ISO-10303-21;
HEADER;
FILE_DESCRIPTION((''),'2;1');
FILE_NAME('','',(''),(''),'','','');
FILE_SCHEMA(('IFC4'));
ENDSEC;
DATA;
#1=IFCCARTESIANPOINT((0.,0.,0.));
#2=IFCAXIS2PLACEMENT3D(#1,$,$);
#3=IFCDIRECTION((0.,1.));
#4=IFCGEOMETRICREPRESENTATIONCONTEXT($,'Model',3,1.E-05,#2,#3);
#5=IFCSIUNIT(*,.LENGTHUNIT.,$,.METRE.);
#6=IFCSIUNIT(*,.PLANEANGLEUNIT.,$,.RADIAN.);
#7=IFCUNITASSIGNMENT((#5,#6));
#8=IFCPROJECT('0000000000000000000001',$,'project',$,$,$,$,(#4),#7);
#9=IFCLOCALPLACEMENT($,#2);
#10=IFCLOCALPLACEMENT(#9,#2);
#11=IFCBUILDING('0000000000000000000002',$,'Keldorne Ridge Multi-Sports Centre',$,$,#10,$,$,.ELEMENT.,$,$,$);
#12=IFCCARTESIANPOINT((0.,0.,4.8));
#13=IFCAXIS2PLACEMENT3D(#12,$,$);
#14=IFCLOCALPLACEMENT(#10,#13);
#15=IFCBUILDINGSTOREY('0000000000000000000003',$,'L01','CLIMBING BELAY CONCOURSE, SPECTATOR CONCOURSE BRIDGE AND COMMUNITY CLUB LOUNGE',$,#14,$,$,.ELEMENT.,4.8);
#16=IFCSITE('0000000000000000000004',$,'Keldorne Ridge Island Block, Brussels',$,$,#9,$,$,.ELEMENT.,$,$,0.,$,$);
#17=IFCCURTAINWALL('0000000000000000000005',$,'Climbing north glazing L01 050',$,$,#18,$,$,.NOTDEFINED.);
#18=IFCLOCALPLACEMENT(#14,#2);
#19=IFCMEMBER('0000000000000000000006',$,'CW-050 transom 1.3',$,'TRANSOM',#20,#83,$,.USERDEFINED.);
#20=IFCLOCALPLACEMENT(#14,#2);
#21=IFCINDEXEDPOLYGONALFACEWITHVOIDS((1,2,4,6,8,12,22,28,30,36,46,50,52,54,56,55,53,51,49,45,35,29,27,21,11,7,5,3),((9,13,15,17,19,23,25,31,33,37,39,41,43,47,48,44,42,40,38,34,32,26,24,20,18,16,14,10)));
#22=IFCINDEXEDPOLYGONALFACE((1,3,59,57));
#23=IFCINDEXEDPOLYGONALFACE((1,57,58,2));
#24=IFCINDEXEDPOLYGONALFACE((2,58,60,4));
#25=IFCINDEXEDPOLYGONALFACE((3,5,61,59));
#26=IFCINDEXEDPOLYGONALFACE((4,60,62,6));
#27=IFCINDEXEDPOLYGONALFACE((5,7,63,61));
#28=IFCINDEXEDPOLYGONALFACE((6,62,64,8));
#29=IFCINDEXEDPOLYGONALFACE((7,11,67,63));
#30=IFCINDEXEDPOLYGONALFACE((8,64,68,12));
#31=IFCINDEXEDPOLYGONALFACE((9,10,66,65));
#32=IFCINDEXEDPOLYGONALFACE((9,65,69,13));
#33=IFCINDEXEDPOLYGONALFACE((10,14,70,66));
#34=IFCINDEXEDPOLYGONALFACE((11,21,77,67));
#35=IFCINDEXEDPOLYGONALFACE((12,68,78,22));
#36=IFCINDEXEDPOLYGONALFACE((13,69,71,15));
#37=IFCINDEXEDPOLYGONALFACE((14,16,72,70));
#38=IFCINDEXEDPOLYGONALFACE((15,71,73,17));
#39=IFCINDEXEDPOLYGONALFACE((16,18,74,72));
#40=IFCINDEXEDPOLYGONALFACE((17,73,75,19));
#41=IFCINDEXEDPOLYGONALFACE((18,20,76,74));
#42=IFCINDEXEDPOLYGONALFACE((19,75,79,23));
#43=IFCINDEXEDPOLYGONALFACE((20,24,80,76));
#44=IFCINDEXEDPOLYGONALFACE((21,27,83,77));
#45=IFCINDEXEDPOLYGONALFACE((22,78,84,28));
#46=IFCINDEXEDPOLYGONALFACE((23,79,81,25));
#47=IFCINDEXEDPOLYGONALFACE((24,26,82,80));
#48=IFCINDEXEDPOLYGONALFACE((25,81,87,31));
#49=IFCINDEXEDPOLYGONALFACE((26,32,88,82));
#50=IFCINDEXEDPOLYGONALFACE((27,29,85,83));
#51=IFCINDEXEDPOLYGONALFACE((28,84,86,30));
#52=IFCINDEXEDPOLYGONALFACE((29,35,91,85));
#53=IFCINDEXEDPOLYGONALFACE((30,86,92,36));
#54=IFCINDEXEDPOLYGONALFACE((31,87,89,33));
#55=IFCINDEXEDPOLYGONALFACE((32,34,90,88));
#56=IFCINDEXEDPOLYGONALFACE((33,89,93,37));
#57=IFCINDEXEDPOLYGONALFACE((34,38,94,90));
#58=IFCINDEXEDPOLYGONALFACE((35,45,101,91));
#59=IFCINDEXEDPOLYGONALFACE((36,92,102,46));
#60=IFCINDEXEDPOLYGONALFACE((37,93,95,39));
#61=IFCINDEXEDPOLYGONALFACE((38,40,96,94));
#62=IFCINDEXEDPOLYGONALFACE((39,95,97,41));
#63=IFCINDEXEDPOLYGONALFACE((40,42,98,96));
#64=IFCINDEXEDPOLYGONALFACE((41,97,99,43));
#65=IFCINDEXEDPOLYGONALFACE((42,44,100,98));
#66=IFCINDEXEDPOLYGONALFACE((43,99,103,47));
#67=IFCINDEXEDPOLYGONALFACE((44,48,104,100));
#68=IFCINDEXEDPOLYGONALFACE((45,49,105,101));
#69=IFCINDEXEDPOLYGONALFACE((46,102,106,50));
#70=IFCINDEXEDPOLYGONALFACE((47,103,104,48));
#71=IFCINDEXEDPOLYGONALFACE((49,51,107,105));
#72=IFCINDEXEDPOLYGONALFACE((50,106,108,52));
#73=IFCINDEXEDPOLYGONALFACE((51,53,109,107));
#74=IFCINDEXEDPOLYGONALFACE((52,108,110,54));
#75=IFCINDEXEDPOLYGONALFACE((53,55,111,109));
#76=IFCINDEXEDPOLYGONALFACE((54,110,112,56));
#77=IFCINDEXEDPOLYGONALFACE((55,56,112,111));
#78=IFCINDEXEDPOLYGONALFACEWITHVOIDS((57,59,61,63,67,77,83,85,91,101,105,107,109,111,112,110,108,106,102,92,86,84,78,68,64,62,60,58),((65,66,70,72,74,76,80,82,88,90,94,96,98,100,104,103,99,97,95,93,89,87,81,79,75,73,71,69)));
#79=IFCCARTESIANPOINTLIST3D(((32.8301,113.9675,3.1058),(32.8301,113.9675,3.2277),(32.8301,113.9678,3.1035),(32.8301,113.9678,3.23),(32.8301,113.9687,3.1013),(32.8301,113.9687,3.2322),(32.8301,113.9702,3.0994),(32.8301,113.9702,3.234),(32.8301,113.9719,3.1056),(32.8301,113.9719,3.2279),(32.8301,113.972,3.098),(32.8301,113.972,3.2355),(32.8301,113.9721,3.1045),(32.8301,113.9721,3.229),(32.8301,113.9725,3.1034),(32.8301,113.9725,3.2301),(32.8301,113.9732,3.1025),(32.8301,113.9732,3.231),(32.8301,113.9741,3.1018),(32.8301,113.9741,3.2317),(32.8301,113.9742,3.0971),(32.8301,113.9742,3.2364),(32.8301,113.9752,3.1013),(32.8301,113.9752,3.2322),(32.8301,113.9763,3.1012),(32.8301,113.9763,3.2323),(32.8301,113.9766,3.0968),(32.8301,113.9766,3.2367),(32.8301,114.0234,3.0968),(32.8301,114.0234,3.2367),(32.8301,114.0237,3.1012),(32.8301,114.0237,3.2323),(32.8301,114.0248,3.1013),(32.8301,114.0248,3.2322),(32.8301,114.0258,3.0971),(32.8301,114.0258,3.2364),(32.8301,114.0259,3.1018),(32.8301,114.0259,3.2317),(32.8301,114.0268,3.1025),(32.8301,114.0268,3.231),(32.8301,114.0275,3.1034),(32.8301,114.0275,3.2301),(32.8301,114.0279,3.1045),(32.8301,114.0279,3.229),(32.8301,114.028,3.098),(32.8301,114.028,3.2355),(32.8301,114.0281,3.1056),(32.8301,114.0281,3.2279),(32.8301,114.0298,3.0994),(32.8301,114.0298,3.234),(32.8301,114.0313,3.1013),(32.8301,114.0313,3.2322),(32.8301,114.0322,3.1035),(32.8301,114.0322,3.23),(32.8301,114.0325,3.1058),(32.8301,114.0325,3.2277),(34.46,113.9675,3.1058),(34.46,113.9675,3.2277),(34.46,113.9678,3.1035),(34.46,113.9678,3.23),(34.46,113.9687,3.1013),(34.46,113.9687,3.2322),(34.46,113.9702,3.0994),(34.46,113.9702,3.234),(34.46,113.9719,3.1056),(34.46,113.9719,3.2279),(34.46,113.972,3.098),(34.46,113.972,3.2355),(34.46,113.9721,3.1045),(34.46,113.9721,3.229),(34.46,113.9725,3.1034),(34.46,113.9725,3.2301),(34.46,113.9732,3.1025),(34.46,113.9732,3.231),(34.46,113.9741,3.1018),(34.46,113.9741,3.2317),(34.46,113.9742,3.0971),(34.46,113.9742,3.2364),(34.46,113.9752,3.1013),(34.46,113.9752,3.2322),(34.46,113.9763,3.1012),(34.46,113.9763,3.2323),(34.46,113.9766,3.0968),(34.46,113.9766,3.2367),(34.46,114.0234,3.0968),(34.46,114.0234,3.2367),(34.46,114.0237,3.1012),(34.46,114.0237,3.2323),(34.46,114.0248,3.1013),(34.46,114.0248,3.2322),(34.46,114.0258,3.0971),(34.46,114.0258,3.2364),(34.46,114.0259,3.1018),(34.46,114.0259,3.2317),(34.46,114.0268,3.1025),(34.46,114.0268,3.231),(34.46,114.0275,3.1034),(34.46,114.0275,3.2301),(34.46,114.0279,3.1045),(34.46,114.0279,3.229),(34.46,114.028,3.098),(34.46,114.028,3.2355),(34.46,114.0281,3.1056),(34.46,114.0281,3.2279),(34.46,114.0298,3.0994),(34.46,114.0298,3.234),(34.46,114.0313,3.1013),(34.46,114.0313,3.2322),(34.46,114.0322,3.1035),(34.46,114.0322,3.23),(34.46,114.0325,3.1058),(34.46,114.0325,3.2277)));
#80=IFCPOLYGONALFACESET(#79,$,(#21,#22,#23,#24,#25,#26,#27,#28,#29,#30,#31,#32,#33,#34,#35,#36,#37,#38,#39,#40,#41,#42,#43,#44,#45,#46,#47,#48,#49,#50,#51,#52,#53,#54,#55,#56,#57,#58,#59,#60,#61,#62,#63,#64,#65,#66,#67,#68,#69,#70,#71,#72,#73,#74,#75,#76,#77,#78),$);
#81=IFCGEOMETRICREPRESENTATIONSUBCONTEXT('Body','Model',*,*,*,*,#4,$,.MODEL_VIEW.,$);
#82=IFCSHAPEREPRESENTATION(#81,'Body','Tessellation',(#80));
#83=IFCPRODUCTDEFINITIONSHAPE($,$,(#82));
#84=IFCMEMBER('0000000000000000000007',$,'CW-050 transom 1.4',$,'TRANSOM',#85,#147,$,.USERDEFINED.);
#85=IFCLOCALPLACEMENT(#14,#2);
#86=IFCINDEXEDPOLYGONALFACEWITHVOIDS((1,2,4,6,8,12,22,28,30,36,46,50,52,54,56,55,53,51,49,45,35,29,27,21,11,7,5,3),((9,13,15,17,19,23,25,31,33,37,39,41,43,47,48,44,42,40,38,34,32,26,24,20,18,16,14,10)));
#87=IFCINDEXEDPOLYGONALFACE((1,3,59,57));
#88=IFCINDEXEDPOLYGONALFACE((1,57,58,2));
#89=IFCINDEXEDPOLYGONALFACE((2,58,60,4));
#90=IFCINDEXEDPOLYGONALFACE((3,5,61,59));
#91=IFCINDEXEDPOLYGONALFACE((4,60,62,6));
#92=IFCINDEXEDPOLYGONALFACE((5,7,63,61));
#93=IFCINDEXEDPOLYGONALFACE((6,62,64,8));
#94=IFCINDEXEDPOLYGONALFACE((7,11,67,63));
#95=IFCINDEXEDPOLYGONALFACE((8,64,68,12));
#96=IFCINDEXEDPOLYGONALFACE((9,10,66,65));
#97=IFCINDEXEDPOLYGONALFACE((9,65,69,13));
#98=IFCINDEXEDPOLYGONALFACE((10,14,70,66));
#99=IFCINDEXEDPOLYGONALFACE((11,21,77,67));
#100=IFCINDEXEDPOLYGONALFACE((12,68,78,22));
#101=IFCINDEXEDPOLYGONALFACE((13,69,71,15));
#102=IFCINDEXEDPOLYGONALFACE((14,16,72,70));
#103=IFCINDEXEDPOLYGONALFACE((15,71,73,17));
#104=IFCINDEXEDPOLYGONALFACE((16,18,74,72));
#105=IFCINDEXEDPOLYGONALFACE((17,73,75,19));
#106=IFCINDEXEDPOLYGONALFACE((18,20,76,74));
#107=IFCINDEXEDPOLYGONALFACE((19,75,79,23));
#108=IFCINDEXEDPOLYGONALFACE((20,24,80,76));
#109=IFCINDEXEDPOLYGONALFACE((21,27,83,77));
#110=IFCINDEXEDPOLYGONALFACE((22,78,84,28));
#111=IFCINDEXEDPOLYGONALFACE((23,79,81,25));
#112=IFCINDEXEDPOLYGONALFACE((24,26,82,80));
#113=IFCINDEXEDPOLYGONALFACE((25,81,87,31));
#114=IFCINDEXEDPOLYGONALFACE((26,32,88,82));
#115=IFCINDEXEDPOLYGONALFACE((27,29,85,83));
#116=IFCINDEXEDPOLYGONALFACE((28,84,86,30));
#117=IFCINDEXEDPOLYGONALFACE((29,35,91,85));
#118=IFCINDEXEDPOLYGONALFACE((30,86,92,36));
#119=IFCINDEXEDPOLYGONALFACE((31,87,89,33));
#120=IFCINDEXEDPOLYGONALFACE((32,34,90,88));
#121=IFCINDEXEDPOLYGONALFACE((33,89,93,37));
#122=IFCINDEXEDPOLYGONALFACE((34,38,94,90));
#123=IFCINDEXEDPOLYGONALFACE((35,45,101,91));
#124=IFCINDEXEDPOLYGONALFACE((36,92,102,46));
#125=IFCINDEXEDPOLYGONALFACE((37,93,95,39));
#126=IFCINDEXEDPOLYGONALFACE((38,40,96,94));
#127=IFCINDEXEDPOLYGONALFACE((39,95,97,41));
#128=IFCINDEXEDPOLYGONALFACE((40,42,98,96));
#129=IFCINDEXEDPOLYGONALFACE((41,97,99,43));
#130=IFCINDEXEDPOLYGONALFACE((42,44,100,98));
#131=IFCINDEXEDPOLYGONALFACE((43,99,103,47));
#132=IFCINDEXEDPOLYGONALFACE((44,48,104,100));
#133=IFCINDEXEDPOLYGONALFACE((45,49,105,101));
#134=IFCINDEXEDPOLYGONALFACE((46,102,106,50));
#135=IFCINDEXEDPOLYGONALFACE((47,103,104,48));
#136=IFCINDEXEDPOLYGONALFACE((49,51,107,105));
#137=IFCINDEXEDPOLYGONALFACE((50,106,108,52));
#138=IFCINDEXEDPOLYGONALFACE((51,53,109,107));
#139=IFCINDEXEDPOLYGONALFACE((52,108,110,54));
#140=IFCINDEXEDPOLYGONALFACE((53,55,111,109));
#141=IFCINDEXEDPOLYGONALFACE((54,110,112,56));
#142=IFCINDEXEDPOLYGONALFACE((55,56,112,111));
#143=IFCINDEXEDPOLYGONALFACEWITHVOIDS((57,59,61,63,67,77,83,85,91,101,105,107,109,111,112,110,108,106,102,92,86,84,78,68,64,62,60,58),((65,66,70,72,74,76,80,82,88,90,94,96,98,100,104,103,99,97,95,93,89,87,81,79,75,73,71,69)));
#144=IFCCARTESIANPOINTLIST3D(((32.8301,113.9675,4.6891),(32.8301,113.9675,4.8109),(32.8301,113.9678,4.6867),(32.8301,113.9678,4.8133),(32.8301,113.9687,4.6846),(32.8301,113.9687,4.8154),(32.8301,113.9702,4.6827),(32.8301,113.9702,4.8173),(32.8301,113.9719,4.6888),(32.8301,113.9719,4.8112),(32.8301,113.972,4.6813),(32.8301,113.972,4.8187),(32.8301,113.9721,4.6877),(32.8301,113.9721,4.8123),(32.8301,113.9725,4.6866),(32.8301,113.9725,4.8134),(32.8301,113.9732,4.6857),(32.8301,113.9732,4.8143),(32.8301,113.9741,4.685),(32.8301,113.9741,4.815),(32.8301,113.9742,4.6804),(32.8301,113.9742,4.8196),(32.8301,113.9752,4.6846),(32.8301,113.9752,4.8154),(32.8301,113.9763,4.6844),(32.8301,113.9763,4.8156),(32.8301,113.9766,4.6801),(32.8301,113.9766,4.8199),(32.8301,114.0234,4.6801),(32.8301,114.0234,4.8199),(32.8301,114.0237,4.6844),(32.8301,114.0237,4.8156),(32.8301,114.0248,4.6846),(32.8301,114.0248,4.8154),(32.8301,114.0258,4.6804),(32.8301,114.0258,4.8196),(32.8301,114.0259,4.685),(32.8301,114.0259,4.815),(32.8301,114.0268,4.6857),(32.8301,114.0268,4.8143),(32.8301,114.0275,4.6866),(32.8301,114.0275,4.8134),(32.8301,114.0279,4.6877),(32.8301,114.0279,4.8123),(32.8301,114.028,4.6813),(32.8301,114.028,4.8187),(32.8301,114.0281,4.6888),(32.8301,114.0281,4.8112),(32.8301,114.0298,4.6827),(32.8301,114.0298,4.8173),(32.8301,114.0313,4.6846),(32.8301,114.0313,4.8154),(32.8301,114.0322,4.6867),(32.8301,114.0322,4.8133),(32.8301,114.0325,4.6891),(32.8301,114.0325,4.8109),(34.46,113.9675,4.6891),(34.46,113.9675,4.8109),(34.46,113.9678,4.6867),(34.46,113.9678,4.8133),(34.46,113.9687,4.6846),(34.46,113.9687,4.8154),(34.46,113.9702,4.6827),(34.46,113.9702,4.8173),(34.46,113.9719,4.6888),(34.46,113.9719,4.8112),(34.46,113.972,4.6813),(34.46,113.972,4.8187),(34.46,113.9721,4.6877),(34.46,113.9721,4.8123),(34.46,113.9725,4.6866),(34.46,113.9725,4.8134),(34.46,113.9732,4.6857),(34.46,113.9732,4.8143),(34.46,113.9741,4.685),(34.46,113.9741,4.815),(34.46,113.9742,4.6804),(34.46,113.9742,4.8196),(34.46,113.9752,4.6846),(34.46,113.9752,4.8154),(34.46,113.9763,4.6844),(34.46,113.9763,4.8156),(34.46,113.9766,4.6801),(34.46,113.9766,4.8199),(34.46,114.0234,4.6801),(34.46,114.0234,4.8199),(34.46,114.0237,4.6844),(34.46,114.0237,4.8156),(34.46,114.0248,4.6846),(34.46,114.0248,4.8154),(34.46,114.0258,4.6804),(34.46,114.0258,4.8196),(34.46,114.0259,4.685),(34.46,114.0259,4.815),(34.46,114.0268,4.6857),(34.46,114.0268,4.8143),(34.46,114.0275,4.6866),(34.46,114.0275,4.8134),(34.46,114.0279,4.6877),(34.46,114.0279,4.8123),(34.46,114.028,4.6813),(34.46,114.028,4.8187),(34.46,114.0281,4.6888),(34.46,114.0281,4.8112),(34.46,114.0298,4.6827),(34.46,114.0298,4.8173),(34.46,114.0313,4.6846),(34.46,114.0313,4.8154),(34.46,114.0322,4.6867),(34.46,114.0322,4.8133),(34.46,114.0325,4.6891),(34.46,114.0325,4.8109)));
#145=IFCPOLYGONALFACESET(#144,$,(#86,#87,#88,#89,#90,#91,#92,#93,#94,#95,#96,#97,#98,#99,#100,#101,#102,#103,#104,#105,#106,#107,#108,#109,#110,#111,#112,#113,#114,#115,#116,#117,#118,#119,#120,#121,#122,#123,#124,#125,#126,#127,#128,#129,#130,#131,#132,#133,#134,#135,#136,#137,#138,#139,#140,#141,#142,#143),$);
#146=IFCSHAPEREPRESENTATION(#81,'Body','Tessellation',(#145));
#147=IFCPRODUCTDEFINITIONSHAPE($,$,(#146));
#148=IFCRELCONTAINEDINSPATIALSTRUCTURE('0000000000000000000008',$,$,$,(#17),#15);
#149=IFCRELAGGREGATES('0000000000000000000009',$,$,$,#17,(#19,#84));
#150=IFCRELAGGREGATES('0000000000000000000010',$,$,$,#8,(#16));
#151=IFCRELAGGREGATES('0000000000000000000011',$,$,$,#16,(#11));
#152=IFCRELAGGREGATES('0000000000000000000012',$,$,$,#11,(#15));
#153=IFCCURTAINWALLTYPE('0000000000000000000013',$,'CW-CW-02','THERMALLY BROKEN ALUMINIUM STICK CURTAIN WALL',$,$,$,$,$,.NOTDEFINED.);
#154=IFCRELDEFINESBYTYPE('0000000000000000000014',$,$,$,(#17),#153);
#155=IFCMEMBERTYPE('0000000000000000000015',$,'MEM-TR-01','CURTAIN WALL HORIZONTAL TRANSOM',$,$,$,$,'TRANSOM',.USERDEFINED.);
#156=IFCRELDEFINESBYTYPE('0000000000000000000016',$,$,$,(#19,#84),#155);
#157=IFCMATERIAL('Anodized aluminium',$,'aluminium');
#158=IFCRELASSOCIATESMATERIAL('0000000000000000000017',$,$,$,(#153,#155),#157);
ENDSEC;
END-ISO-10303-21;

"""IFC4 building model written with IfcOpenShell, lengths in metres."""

from ifc_helpers import new_model, si_unit, direction, frame, origin, origin_2d, place, context, subcontext, project, spatial, hollow_rectangle, extrude, material, material_profile, profile_set, type_object, element, aggregate, save


model = new_model("IFC4")

# Units and contexts
model_context = context("Model", 3, precision=1e-05, world=origin(), true_north=direction((0.0, 1.0)))
body_context = subcontext(model_context, "Body", "Model", "MODEL_VIEW")
ifc_project = project(units=[si_unit("LENGTHUNIT", "METRE"), si_unit("PLANEANGLEUNIT", "RADIAN")], contexts=[model_context])

# Site, building, storey
site_placement = place(None, origin())
site = spatial("IfcSite", under=ifc_project, at=site_placement, Name="Keldorne Ridge Island Block, Brussels", CompositionType="ELEMENT", RefElevation=0.0)
building_placement = place(site_placement, origin())
building = spatial("IfcBuilding", under=site, at=building_placement, Name="Keldorne Ridge Multi-Sports Centre", CompositionType="ELEMENT")
storey_placement = place(building_placement, frame((0.0, 0.0, 4.8)))
storey = spatial("IfcBuildingStorey", under=building, at=storey_placement, Name="L01", Description="CLIMBING BELAY CONCOURSE, SPECTATOR CONCOURSE BRIDGE AND COMMUNITY CLUB LOUNGE", CompositionType="ELEMENT", Elevation=4.8)

# Curtain wall
ifc_material_1 = material(Name="Anodized aluminium", Category="aluminium")
curtain_wall_type_1 = type_object("IfcCurtainWallType", Name="CW-CW-02", Description="THERMALLY BROKEN ALUMINIUM STICK CURTAIN WALL", PredefinedType="NOTDEFINED", material=ifc_material_1)
curtain_wall_1_placement = place(storey_placement, origin())
curtain_wall_1 = element("IfcCurtainWall", 1, at=curtain_wall_1_placement, inside=storey, type_object=curtain_wall_type_1, Name="Climbing north glazing L01 050", PredefinedType="NOTDEFINED")

# Members
ifc_material_profile_1 = material_profile(ifc_material_1, hollow_rectangle(XDim=0.0649, YDim=0.1399, WallThickness=0.0044, InnerFilletRadius=0.0044, OuterFilletRadius=0.009, at=origin_2d()), Name="ALU TRANSOM 140x65x4.5")
ifc_profile_set_1 = profile_set([ifc_material_profile_1], Name="Anodized aluminium")
member_type_1 = type_object("IfcMemberType", Name="MEM-TR-01", Description="CURTAIN WALL HORIZONTAL TRANSOM", ElementType="TRANSOM", PredefinedType="USERDEFINED", material=ifc_profile_set_1)
member_1_placement = place(storey_placement, frame((34.46, 114.0, 3.1667), z_axis=(-1.0, 0.0, 0.0), x_axis=(0.0, -1.0, 0.0)))
member_1 = element("IfcMember", 2, at=member_1_placement, type_object=member_type_1, Name="CW-050 transom 1.3", ObjectType="TRANSOM", PredefinedType="USERDEFINED", context=body_context, shape_type="SweptSolid", body=[
    extrude(hollow_rectangle(XDim=0.0649, YDim=0.1399, WallThickness=0.0044, InnerFilletRadius=0.0044, OuterFilletRadius=0.009, at=origin_2d()), origin(), (0.0, 0.0, 1.0), 1.6299),
])
member_2_placement = place(storey_placement, frame((34.46, 114.0, 4.75), z_axis=(-1.0, 0.0, 0.0), x_axis=(0.0, -1.0, 0.0)))
member_2 = element("IfcMember", 3, at=member_2_placement, type_object=member_type_1, Name="CW-050 transom 1.4", ObjectType="TRANSOM", PredefinedType="USERDEFINED", context=body_context, shape_type="SweptSolid", body=[
    extrude(hollow_rectangle(XDim=0.0649, YDim=0.1399, WallThickness=0.0044, InnerFilletRadius=0.0044, OuterFilletRadius=0.009, at=origin_2d()), origin(), (0.0, 0.0, 1.0), 1.6299),
])

aggregate(curtain_wall_1, [member_1, member_2])

save(model, "model.ifc")
